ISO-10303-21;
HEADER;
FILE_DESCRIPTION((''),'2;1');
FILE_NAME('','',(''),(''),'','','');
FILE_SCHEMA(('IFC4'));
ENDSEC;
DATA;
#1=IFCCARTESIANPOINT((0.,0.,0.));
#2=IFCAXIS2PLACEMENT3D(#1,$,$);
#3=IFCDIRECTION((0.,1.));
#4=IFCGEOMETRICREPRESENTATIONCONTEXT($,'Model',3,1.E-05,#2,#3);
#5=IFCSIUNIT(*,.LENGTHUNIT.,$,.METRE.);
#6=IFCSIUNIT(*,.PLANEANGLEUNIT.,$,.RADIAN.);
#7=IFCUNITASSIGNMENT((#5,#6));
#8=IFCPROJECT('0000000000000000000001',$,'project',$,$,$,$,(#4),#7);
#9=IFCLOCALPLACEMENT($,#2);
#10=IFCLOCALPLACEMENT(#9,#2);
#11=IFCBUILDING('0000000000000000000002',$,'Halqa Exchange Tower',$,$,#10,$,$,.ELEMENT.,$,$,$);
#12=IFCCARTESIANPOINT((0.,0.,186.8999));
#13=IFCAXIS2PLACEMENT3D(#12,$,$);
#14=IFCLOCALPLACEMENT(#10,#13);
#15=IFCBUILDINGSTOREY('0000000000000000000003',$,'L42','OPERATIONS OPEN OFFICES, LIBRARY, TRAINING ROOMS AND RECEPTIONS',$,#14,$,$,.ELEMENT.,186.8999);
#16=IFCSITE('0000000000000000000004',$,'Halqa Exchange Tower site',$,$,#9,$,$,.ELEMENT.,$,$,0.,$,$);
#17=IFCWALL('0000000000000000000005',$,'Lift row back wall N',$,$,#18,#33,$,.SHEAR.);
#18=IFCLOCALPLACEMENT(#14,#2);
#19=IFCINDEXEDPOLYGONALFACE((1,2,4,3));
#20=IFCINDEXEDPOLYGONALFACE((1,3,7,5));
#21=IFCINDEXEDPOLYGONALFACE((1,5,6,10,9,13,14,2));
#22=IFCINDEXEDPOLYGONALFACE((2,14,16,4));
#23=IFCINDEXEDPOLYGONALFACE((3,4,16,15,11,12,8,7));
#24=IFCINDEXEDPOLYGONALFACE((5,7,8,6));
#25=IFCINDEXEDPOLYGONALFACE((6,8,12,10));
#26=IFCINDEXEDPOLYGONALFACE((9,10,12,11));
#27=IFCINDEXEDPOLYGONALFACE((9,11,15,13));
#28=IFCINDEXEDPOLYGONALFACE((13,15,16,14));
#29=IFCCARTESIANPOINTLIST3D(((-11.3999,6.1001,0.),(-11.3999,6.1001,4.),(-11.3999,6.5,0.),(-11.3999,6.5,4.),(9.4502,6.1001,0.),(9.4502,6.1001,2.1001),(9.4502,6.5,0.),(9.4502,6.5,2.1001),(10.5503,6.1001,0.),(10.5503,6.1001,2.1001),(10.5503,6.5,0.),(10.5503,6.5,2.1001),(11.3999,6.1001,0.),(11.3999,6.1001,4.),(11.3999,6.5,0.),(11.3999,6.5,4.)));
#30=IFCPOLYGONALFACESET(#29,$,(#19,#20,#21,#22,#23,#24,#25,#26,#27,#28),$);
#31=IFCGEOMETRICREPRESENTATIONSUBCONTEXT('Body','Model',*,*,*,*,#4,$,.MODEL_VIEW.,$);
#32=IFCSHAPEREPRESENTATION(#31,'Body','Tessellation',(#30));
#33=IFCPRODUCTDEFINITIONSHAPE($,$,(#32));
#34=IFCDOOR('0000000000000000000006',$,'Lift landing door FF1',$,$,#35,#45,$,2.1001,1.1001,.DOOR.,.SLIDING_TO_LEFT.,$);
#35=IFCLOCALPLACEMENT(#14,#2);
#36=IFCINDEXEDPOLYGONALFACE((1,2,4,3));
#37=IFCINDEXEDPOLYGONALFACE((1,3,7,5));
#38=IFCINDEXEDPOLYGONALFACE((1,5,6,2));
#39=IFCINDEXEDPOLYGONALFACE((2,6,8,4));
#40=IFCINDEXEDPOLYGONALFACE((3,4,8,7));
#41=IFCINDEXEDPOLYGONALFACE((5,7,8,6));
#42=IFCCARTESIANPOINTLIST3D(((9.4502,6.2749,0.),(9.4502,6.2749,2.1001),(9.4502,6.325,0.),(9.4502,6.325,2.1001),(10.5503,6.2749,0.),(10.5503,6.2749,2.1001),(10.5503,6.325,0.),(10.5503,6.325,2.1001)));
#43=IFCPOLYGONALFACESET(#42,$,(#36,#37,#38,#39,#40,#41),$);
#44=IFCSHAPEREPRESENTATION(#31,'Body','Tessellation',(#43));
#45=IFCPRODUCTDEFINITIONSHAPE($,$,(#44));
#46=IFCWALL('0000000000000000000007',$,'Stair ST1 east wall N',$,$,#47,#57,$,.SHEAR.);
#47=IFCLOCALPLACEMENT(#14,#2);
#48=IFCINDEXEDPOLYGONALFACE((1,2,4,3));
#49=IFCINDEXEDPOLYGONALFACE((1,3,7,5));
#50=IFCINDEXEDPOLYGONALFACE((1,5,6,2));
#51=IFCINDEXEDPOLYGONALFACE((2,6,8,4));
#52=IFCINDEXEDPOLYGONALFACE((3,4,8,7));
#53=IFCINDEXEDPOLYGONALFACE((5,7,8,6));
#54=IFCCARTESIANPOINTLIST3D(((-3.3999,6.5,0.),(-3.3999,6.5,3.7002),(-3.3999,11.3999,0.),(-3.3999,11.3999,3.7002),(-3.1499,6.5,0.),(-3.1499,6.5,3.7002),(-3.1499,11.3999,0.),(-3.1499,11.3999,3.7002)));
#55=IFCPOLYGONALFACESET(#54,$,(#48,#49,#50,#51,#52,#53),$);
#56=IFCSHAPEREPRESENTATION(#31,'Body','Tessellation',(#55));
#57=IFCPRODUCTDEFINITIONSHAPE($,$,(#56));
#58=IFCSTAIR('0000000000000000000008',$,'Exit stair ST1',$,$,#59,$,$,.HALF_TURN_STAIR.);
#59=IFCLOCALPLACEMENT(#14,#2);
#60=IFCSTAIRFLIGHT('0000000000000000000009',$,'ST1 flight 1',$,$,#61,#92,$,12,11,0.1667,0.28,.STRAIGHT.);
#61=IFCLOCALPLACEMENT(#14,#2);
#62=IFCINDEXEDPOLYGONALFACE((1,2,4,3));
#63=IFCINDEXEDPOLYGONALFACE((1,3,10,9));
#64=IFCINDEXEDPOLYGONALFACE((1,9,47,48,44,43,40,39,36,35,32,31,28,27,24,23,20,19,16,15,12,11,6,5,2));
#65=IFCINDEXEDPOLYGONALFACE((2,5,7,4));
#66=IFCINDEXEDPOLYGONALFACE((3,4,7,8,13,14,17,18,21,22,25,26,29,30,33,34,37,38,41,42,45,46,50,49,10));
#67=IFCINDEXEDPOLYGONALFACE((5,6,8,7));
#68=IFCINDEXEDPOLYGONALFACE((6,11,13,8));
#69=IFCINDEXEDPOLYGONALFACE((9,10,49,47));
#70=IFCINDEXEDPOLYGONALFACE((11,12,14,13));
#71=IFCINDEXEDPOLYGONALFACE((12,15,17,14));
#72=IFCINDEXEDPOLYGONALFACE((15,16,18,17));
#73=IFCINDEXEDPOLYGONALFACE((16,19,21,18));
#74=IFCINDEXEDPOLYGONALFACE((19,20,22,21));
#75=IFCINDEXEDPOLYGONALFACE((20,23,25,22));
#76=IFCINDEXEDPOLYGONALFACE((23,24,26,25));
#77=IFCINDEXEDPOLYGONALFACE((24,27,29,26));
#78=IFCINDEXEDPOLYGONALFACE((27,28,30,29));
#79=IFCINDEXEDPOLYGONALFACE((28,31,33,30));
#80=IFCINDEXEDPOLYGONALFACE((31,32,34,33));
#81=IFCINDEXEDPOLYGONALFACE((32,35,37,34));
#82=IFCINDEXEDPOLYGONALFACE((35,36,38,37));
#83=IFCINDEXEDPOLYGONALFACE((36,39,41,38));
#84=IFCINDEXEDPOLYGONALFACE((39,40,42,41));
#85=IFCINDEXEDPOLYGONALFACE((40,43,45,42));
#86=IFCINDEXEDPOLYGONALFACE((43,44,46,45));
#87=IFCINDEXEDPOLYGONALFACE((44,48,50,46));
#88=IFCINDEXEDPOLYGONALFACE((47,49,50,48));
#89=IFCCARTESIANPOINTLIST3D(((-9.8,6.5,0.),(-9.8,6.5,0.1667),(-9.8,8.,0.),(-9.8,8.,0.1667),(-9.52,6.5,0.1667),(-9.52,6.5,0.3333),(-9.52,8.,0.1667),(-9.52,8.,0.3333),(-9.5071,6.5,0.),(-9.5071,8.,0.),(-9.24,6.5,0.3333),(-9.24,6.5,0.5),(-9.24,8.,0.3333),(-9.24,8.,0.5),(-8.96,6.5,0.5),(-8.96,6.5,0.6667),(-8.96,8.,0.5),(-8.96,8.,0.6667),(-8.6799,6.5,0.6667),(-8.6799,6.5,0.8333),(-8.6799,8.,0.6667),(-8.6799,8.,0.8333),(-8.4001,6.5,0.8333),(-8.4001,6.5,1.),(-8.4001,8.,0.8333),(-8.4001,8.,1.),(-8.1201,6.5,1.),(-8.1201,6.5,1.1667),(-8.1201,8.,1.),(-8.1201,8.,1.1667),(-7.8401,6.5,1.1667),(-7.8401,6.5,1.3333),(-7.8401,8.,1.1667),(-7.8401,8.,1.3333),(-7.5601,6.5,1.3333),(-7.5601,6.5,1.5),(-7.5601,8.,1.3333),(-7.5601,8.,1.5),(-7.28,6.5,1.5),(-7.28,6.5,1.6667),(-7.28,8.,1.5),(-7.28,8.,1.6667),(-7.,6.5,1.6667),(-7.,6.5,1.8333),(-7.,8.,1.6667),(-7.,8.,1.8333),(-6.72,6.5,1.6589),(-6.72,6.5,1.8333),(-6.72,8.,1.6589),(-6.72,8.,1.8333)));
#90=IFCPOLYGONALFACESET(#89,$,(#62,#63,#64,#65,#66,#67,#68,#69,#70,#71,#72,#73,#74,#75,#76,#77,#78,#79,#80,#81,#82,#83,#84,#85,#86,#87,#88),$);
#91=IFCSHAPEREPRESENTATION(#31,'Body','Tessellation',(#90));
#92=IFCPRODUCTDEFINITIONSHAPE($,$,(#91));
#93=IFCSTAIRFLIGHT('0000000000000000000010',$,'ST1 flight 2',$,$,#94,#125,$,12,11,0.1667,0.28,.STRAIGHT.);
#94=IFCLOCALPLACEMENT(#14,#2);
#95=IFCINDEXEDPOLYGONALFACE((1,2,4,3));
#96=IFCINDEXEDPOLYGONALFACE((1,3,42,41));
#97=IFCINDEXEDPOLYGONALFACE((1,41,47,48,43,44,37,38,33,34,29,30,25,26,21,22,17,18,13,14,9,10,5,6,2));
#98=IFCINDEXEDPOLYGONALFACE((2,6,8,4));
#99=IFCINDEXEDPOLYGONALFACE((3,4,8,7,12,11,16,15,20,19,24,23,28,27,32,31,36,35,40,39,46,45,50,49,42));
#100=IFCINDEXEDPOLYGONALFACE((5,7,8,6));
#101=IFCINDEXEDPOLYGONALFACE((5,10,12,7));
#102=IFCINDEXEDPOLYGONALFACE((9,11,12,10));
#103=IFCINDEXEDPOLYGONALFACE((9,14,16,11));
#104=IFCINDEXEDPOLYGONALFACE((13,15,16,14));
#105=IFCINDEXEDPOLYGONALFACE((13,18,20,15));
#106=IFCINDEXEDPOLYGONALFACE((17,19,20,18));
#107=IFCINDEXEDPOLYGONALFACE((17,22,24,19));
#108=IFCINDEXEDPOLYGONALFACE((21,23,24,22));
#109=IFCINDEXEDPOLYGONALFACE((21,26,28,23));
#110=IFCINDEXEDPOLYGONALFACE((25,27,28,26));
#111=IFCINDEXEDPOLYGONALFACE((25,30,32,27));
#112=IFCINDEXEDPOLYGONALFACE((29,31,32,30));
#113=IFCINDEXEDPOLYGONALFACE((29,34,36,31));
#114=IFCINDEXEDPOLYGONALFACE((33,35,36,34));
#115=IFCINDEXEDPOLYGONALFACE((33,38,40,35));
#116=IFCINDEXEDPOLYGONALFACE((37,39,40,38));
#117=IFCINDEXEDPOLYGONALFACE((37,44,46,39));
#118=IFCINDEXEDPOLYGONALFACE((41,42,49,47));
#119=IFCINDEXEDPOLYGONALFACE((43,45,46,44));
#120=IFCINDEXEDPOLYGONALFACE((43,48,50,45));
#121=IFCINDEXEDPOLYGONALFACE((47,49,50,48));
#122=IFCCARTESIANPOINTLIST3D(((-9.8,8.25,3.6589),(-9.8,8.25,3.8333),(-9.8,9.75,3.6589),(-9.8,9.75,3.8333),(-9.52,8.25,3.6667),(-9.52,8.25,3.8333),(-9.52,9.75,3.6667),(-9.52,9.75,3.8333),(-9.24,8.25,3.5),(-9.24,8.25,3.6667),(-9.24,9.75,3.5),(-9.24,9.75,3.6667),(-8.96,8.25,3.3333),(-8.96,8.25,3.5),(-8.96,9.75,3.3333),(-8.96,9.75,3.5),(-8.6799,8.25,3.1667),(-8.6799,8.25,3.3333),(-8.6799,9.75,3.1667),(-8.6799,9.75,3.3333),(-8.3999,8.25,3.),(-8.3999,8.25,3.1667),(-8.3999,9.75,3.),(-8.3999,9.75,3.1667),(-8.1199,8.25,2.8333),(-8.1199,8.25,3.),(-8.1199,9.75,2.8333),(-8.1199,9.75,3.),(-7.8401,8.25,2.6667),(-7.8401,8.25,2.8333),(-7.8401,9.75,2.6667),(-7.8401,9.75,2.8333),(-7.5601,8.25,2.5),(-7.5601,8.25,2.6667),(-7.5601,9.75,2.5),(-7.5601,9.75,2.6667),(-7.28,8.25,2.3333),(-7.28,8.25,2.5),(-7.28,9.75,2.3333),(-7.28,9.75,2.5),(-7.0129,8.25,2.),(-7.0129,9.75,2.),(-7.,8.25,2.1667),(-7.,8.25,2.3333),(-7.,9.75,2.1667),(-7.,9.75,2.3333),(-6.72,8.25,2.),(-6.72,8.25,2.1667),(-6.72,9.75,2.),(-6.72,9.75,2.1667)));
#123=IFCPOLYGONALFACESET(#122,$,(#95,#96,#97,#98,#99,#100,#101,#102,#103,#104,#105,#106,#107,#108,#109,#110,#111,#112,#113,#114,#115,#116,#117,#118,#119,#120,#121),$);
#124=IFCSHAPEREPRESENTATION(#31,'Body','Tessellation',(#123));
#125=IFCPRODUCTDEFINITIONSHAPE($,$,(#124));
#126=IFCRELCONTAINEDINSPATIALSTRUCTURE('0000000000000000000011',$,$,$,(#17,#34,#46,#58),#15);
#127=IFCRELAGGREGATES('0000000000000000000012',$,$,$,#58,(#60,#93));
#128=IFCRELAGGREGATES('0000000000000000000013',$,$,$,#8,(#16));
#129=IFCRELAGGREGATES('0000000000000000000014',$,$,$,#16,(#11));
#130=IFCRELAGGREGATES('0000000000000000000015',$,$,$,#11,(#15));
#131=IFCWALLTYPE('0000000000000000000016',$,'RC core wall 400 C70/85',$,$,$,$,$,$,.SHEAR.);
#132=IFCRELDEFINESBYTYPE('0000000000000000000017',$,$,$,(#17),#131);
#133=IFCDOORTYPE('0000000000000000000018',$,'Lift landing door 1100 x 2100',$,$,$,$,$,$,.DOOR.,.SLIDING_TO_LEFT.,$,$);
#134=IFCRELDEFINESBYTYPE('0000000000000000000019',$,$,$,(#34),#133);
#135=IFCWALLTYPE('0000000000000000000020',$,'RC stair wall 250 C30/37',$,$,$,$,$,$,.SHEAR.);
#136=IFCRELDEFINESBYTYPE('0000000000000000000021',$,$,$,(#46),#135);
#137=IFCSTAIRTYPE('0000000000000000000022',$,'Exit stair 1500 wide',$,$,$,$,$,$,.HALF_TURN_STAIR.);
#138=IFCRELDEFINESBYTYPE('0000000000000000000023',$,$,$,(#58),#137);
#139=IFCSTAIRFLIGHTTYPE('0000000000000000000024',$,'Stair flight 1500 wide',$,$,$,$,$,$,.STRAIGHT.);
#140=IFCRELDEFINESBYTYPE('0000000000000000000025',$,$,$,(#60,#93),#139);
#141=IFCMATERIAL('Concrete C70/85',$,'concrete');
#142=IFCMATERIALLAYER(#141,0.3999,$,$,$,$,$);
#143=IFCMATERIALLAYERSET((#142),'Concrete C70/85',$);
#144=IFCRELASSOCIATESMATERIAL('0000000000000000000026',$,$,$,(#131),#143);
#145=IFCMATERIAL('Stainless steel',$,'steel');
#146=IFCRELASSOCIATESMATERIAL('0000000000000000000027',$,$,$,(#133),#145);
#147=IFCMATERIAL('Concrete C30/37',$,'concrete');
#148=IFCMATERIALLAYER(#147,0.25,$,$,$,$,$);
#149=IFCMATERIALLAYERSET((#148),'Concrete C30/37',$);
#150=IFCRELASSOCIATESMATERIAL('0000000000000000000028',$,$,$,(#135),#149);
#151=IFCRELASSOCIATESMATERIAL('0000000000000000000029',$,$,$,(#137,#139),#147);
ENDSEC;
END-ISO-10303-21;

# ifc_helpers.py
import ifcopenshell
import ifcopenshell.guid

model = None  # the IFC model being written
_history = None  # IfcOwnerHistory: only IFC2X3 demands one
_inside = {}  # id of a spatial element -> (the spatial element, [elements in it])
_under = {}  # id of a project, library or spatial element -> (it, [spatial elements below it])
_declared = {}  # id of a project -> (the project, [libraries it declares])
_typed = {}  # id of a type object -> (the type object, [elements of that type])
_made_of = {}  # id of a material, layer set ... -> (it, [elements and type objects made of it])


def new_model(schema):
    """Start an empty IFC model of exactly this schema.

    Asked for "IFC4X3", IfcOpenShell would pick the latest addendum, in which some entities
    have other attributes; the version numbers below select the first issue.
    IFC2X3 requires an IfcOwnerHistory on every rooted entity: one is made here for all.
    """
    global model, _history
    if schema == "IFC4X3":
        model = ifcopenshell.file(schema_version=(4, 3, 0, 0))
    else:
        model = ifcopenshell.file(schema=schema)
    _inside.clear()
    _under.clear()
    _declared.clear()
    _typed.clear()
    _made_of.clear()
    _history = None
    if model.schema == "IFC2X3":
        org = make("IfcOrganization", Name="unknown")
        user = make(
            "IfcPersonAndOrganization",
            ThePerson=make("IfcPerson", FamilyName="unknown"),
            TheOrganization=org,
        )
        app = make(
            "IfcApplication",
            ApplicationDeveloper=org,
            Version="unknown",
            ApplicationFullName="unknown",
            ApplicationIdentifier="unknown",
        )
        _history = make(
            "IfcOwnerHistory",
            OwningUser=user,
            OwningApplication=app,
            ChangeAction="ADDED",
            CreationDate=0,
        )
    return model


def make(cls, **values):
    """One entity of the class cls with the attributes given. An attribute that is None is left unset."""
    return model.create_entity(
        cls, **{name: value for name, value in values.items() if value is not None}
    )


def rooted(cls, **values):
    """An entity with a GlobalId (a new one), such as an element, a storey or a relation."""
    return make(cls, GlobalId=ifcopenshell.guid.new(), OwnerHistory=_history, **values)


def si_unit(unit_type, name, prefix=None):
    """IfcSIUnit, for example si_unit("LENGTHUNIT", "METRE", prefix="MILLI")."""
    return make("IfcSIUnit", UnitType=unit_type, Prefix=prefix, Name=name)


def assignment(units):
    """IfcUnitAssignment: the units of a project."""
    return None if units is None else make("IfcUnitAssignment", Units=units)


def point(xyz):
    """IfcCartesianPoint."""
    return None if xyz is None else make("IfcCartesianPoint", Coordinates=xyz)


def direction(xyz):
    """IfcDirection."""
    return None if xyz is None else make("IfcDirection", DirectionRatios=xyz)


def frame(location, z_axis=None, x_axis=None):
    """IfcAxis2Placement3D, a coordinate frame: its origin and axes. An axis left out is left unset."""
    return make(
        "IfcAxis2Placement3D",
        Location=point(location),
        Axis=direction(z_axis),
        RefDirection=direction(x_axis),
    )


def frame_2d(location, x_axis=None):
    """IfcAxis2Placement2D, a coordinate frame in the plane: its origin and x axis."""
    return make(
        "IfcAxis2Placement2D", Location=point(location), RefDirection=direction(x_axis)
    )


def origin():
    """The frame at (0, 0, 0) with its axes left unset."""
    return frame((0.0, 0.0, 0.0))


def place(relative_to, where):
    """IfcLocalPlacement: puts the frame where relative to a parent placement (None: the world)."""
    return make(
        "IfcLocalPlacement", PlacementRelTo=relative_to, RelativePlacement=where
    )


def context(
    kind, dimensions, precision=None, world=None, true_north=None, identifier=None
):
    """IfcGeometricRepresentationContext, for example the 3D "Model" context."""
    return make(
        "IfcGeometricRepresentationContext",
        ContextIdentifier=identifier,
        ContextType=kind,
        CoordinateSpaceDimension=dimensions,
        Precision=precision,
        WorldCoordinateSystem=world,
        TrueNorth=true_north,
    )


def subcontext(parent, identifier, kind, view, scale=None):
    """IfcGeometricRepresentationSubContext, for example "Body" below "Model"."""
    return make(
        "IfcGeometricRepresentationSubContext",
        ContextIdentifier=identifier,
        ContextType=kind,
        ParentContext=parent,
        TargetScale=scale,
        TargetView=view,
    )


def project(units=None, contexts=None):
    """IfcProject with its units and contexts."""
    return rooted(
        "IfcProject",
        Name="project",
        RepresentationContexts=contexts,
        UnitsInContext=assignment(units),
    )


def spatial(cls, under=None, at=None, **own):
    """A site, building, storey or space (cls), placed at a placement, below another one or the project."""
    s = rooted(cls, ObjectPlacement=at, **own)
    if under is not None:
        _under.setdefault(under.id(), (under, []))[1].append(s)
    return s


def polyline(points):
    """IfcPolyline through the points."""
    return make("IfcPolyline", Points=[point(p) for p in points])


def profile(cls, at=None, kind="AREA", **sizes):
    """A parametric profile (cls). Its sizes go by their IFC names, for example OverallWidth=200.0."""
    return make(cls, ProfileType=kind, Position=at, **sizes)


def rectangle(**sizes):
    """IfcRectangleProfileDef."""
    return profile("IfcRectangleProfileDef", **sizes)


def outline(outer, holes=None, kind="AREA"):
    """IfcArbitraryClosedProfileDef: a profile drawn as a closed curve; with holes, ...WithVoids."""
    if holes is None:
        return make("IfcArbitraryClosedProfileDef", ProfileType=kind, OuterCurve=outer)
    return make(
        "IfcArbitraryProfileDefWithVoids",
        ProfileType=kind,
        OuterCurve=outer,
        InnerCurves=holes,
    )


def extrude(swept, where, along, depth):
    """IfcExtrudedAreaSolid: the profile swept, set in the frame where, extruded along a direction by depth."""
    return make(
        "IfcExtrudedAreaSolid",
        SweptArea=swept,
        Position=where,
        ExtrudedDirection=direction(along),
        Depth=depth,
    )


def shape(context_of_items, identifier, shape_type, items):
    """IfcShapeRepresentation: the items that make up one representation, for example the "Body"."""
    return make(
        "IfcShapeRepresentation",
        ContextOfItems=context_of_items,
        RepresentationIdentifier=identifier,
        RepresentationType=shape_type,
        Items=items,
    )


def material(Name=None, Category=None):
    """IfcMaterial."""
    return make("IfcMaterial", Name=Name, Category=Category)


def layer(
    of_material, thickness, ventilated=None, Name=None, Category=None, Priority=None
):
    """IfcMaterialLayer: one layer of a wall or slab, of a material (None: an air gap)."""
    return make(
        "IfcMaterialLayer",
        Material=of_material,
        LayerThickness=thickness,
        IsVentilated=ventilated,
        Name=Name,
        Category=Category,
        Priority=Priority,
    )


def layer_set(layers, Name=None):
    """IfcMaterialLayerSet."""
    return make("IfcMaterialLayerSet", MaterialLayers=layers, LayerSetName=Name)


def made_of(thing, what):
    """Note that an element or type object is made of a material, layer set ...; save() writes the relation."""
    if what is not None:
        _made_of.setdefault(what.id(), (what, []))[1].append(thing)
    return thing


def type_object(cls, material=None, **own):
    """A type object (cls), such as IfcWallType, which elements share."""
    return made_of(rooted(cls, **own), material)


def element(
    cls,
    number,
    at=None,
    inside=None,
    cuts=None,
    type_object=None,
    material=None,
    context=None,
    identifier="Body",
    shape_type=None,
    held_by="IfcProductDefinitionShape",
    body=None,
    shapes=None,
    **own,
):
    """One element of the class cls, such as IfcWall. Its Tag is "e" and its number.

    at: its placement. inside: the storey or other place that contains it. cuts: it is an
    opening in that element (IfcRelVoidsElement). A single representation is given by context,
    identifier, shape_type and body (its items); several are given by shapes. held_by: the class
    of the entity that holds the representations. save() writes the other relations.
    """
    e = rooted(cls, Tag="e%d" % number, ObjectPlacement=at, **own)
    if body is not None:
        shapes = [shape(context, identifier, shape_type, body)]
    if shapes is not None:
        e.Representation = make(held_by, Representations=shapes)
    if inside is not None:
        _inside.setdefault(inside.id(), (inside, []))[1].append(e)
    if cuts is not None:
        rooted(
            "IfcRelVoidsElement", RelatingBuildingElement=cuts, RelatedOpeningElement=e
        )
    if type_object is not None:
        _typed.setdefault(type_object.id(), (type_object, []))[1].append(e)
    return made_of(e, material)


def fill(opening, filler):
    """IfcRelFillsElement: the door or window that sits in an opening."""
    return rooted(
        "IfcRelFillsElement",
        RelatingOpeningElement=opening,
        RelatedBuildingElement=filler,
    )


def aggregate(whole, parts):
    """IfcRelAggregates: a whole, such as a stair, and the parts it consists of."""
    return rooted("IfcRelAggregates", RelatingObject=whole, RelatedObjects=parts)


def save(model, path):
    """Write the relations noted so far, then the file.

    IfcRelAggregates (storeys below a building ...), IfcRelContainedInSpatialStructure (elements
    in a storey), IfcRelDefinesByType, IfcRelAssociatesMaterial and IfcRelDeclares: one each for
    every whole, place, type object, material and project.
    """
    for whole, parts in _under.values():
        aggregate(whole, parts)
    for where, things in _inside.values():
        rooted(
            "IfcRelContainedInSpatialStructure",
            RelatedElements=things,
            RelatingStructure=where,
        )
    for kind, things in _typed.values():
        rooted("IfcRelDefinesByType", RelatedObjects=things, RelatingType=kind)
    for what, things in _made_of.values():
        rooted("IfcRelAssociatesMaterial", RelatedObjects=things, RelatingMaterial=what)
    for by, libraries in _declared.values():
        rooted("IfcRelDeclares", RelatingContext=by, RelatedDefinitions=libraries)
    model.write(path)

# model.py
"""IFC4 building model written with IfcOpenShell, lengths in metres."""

from ifc_helpers import new_model, si_unit, direction, frame, frame_2d, origin, place, context, subcontext, project, spatial, polyline, rectangle, outline, extrude, material, layer, layer_set, type_object, element, fill, aggregate, save


model = new_model("IFC4")

# Units and contexts
model_context = context("Model", 3, precision=1e-05, world=origin(), true_north=direction((0.0, 1.0)))
body_context = subcontext(model_context, "Body", "Model", "MODEL_VIEW")
ifc_project = project(units=[si_unit("LENGTHUNIT", "METRE"), si_unit("PLANEANGLEUNIT", "RADIAN")], contexts=[model_context])

# Site, building, storey
site_placement = place(None, origin())
site = spatial("IfcSite", under=ifc_project, at=site_placement, Name="Halqa Exchange Tower site", CompositionType="ELEMENT", RefElevation=0.0)
building_placement = place(site_placement, origin())
building = spatial("IfcBuilding", under=site, at=building_placement, Name="Halqa Exchange Tower", CompositionType="ELEMENT")
storey_placement = place(building_placement, frame((0.0, 0.0, 186.8999)))
storey = spatial("IfcBuildingStorey", under=building, at=storey_placement, Name="L42", Description="OPERATIONS OPEN OFFICES, LIBRARY, TRAINING ROOMS AND RECEPTIONS", CompositionType="ELEMENT", Elevation=186.8999)

# Shared definitions
ifc_material_1 = material(Name="Concrete C70/85", Category="concrete")
ifc_layer_1 = layer(ifc_material_1, 0.3999)
ifc_layer_set_1 = layer_set([ifc_layer_1], Name="Concrete C70/85")
wall_type_1 = type_object("IfcWallType", Name="RC core wall 400 C70/85", PredefinedType="SHEAR", material=ifc_layer_set_1)
ifc_material_2 = material(Name="Stainless steel", Category="steel")
door_type_1 = type_object("IfcDoorType", Name="Lift landing door 1100 x 2100", OperationType="SLIDING_TO_LEFT", PredefinedType="DOOR", material=ifc_material_2)

# Wall, opening, door
wall_1_placement = place(storey_placement, frame((-11.3999, 6.3, 0.0), z_axis=(0.0, 0.0, 1.0), x_axis=(1.0, 0.0, 0.0)))
wall_1 = element("IfcWall", 1, at=wall_1_placement, inside=storey, type_object=wall_type_1, Name="Lift row back wall N", PredefinedType="SHEAR", context=body_context, shape_type="SweptSolid", body=[
    extrude(rectangle(XDim=22.7998, YDim=0.3999, at=frame_2d((11.3999, 0.0))), origin(), (0.0, 0.0, 1.0), 4.0),
])
opening_1_placement = place(wall_1_placement, frame((20.8501, 0.0, 0.0)))
opening_1 = element("IfcOpeningElement", 2, at=opening_1_placement, cuts=wall_1, PredefinedType="OPENING", context=body_context, shape_type="SweptSolid", body=[
    extrude(rectangle(XDim=1.1001, YDim=2.1001, at=frame_2d((0.55, 1.05))), frame((0.0, 0.2119, 0.0), z_axis=(0.0, -1.0, 0.0), x_axis=(1.0, 0.0, 0.0)), (0.0, 0.0, 1.0), 0.4238),
])
door_1_placement = place(opening_1_placement, origin())
door_1 = element("IfcDoor", 3, at=door_1_placement, inside=storey, type_object=door_type_1, Name="Lift landing door FF1", OperationType="SLIDING_TO_LEFT", OverallHeight=2.1001, OverallWidth=1.1001, PredefinedType="DOOR", context=body_context, shape_type="SweptSolid", body=[
    extrude(rectangle(XDim=1.1001, YDim=2.1001, at=frame_2d((0.55, 1.05))), frame((0.0, 0.0249, 0.0), z_axis=(0.0, -1.0, 0.0), x_axis=(1.0, 0.0, 0.0)), (0.0, 0.0, 1.0), 0.05),
])
fill(opening_1, door_1)

# Wall
ifc_material_3 = material(Name="Concrete C30/37", Category="concrete")
ifc_layer_2 = layer(ifc_material_3, 0.25)
ifc_layer_set_2 = layer_set([ifc_layer_2], Name="Concrete C30/37")
wall_type_2 = type_object("IfcWallType", Name="RC stair wall 250 C30/37", PredefinedType="SHEAR", material=ifc_layer_set_2)
wall_2_placement = place(storey_placement, frame((-3.2749, 6.5, 0.0), z_axis=(0.0, 0.0, 1.0), x_axis=(0.0, 1.0, 0.0)))
element("IfcWall", 4, at=wall_2_placement, inside=storey, type_object=wall_type_2, Name="Stair ST1 east wall N", PredefinedType="SHEAR", context=body_context, shape_type="SweptSolid", body=[
    extrude(rectangle(XDim=4.8999, YDim=0.25, at=frame_2d((2.45, 0.0))), origin(), (0.0, 0.0, 1.0), 3.7002),
])

# Stair, stair flights
stair_type = type_object("IfcStairType", Name="Exit stair 1500 wide", PredefinedType="HALF_TURN_STAIR", material=ifc_material_3)
stair_placement = place(storey_placement, origin())
stair = element("IfcStair", 5, at=stair_placement, inside=storey, type_object=stair_type, Name="Exit stair ST1", PredefinedType="HALF_TURN_STAIR")
stair_flight_type = type_object("IfcStairFlightType", Name="Stair flight 1500 wide", PredefinedType="STRAIGHT", material=ifc_material_3)
stair_flight_1_placement = place(storey_placement, frame((-9.8, 7.25, 0.0), z_axis=(0.0, 0.0, 1.0), x_axis=(1.0, 0.0, 0.0)))
stair_flight_1 = element("IfcStairFlight", 6, at=stair_flight_1_placement, type_object=stair_flight_type, Name="ST1 flight 1", NumberOfRisers=12, NumberOfTreads=11, PredefinedType="STRAIGHT", RiserHeight=0.1667, TreadLength=0.28, context=body_context, shape_type="SweptSolid", body=[
    extrude(outline(polyline([(0.0, 0.0), (0.0, 0.1667), (0.28, 0.1667), (0.28, 0.3333), (0.5601, 0.3333), (0.5601, 0.5), (0.8401, 0.5), (0.8401, 0.6667), (1.1201, 0.6667), (1.1201, 0.8333), (1.3999, 0.8333), (1.3999, 1.0), (1.6799, 1.0), (1.6799, 1.1667), (1.96, 1.1667), (1.96, 1.3333), (2.24, 1.3333), (2.24, 1.5), (2.52, 1.5), (2.52, 1.6667), (2.8, 1.6667), (2.8, 1.8333), (3.0801, 1.8333), (3.0801, 2.0), (3.0801, 1.6589), (0.293, 0.0), (0.0, 0.0)])), frame((0.0, 0.75, 0.0), z_axis=(0.0, -1.0, 0.0), x_axis=(1.0, 0.0, 0.0)), (0.0, 0.0, 1.0), 1.5),
])
stair_flight_2_placement = place(storey_placement, frame((-6.72, 9.0, 2.0), z_axis=(0.0, 0.0, 1.0), x_axis=(-1.0, 0.0, 0.0)))
stair_flight_2 = element("IfcStairFlight", 7, at=stair_flight_2_placement, type_object=stair_flight_type, Name="ST1 flight 2", NumberOfRisers=12, NumberOfTreads=11, PredefinedType="STRAIGHT", RiserHeight=0.1667, TreadLength=0.28, context=body_context, shape_type="SweptSolid", body=[
    extrude(outline(polyline([(0.0, 0.0), (0.0, 0.1667), (0.28, 0.1667), (0.28, 0.3333), (0.5601, 0.3333), (0.5601, 0.5), (0.8401, 0.5), (0.8401, 0.6667), (1.1201, 0.6667), (1.1201, 0.8333), (1.3999, 0.8333), (1.3999, 1.0), (1.6799, 1.0), (1.6799, 1.1667), (1.96, 1.1667), (1.96, 1.3333), (2.24, 1.3333), (2.24, 1.5), (2.52, 1.5), (2.52, 1.6667), (2.8, 1.6667), (2.8, 1.8333), (3.0801, 1.8333), (3.0801, 2.0), (3.0801, 1.6589), (0.293, 0.0), (0.0, 0.0)])), frame((0.0, 0.75, 0.0), z_axis=(0.0, -1.0, 0.0), x_axis=(1.0, 0.0, 0.0)), (0.0, 0.0, 1.0), 1.5),
])
aggregate(stair, [stair_flight_1, stair_flight_2])

save(model, "model.ifc")
